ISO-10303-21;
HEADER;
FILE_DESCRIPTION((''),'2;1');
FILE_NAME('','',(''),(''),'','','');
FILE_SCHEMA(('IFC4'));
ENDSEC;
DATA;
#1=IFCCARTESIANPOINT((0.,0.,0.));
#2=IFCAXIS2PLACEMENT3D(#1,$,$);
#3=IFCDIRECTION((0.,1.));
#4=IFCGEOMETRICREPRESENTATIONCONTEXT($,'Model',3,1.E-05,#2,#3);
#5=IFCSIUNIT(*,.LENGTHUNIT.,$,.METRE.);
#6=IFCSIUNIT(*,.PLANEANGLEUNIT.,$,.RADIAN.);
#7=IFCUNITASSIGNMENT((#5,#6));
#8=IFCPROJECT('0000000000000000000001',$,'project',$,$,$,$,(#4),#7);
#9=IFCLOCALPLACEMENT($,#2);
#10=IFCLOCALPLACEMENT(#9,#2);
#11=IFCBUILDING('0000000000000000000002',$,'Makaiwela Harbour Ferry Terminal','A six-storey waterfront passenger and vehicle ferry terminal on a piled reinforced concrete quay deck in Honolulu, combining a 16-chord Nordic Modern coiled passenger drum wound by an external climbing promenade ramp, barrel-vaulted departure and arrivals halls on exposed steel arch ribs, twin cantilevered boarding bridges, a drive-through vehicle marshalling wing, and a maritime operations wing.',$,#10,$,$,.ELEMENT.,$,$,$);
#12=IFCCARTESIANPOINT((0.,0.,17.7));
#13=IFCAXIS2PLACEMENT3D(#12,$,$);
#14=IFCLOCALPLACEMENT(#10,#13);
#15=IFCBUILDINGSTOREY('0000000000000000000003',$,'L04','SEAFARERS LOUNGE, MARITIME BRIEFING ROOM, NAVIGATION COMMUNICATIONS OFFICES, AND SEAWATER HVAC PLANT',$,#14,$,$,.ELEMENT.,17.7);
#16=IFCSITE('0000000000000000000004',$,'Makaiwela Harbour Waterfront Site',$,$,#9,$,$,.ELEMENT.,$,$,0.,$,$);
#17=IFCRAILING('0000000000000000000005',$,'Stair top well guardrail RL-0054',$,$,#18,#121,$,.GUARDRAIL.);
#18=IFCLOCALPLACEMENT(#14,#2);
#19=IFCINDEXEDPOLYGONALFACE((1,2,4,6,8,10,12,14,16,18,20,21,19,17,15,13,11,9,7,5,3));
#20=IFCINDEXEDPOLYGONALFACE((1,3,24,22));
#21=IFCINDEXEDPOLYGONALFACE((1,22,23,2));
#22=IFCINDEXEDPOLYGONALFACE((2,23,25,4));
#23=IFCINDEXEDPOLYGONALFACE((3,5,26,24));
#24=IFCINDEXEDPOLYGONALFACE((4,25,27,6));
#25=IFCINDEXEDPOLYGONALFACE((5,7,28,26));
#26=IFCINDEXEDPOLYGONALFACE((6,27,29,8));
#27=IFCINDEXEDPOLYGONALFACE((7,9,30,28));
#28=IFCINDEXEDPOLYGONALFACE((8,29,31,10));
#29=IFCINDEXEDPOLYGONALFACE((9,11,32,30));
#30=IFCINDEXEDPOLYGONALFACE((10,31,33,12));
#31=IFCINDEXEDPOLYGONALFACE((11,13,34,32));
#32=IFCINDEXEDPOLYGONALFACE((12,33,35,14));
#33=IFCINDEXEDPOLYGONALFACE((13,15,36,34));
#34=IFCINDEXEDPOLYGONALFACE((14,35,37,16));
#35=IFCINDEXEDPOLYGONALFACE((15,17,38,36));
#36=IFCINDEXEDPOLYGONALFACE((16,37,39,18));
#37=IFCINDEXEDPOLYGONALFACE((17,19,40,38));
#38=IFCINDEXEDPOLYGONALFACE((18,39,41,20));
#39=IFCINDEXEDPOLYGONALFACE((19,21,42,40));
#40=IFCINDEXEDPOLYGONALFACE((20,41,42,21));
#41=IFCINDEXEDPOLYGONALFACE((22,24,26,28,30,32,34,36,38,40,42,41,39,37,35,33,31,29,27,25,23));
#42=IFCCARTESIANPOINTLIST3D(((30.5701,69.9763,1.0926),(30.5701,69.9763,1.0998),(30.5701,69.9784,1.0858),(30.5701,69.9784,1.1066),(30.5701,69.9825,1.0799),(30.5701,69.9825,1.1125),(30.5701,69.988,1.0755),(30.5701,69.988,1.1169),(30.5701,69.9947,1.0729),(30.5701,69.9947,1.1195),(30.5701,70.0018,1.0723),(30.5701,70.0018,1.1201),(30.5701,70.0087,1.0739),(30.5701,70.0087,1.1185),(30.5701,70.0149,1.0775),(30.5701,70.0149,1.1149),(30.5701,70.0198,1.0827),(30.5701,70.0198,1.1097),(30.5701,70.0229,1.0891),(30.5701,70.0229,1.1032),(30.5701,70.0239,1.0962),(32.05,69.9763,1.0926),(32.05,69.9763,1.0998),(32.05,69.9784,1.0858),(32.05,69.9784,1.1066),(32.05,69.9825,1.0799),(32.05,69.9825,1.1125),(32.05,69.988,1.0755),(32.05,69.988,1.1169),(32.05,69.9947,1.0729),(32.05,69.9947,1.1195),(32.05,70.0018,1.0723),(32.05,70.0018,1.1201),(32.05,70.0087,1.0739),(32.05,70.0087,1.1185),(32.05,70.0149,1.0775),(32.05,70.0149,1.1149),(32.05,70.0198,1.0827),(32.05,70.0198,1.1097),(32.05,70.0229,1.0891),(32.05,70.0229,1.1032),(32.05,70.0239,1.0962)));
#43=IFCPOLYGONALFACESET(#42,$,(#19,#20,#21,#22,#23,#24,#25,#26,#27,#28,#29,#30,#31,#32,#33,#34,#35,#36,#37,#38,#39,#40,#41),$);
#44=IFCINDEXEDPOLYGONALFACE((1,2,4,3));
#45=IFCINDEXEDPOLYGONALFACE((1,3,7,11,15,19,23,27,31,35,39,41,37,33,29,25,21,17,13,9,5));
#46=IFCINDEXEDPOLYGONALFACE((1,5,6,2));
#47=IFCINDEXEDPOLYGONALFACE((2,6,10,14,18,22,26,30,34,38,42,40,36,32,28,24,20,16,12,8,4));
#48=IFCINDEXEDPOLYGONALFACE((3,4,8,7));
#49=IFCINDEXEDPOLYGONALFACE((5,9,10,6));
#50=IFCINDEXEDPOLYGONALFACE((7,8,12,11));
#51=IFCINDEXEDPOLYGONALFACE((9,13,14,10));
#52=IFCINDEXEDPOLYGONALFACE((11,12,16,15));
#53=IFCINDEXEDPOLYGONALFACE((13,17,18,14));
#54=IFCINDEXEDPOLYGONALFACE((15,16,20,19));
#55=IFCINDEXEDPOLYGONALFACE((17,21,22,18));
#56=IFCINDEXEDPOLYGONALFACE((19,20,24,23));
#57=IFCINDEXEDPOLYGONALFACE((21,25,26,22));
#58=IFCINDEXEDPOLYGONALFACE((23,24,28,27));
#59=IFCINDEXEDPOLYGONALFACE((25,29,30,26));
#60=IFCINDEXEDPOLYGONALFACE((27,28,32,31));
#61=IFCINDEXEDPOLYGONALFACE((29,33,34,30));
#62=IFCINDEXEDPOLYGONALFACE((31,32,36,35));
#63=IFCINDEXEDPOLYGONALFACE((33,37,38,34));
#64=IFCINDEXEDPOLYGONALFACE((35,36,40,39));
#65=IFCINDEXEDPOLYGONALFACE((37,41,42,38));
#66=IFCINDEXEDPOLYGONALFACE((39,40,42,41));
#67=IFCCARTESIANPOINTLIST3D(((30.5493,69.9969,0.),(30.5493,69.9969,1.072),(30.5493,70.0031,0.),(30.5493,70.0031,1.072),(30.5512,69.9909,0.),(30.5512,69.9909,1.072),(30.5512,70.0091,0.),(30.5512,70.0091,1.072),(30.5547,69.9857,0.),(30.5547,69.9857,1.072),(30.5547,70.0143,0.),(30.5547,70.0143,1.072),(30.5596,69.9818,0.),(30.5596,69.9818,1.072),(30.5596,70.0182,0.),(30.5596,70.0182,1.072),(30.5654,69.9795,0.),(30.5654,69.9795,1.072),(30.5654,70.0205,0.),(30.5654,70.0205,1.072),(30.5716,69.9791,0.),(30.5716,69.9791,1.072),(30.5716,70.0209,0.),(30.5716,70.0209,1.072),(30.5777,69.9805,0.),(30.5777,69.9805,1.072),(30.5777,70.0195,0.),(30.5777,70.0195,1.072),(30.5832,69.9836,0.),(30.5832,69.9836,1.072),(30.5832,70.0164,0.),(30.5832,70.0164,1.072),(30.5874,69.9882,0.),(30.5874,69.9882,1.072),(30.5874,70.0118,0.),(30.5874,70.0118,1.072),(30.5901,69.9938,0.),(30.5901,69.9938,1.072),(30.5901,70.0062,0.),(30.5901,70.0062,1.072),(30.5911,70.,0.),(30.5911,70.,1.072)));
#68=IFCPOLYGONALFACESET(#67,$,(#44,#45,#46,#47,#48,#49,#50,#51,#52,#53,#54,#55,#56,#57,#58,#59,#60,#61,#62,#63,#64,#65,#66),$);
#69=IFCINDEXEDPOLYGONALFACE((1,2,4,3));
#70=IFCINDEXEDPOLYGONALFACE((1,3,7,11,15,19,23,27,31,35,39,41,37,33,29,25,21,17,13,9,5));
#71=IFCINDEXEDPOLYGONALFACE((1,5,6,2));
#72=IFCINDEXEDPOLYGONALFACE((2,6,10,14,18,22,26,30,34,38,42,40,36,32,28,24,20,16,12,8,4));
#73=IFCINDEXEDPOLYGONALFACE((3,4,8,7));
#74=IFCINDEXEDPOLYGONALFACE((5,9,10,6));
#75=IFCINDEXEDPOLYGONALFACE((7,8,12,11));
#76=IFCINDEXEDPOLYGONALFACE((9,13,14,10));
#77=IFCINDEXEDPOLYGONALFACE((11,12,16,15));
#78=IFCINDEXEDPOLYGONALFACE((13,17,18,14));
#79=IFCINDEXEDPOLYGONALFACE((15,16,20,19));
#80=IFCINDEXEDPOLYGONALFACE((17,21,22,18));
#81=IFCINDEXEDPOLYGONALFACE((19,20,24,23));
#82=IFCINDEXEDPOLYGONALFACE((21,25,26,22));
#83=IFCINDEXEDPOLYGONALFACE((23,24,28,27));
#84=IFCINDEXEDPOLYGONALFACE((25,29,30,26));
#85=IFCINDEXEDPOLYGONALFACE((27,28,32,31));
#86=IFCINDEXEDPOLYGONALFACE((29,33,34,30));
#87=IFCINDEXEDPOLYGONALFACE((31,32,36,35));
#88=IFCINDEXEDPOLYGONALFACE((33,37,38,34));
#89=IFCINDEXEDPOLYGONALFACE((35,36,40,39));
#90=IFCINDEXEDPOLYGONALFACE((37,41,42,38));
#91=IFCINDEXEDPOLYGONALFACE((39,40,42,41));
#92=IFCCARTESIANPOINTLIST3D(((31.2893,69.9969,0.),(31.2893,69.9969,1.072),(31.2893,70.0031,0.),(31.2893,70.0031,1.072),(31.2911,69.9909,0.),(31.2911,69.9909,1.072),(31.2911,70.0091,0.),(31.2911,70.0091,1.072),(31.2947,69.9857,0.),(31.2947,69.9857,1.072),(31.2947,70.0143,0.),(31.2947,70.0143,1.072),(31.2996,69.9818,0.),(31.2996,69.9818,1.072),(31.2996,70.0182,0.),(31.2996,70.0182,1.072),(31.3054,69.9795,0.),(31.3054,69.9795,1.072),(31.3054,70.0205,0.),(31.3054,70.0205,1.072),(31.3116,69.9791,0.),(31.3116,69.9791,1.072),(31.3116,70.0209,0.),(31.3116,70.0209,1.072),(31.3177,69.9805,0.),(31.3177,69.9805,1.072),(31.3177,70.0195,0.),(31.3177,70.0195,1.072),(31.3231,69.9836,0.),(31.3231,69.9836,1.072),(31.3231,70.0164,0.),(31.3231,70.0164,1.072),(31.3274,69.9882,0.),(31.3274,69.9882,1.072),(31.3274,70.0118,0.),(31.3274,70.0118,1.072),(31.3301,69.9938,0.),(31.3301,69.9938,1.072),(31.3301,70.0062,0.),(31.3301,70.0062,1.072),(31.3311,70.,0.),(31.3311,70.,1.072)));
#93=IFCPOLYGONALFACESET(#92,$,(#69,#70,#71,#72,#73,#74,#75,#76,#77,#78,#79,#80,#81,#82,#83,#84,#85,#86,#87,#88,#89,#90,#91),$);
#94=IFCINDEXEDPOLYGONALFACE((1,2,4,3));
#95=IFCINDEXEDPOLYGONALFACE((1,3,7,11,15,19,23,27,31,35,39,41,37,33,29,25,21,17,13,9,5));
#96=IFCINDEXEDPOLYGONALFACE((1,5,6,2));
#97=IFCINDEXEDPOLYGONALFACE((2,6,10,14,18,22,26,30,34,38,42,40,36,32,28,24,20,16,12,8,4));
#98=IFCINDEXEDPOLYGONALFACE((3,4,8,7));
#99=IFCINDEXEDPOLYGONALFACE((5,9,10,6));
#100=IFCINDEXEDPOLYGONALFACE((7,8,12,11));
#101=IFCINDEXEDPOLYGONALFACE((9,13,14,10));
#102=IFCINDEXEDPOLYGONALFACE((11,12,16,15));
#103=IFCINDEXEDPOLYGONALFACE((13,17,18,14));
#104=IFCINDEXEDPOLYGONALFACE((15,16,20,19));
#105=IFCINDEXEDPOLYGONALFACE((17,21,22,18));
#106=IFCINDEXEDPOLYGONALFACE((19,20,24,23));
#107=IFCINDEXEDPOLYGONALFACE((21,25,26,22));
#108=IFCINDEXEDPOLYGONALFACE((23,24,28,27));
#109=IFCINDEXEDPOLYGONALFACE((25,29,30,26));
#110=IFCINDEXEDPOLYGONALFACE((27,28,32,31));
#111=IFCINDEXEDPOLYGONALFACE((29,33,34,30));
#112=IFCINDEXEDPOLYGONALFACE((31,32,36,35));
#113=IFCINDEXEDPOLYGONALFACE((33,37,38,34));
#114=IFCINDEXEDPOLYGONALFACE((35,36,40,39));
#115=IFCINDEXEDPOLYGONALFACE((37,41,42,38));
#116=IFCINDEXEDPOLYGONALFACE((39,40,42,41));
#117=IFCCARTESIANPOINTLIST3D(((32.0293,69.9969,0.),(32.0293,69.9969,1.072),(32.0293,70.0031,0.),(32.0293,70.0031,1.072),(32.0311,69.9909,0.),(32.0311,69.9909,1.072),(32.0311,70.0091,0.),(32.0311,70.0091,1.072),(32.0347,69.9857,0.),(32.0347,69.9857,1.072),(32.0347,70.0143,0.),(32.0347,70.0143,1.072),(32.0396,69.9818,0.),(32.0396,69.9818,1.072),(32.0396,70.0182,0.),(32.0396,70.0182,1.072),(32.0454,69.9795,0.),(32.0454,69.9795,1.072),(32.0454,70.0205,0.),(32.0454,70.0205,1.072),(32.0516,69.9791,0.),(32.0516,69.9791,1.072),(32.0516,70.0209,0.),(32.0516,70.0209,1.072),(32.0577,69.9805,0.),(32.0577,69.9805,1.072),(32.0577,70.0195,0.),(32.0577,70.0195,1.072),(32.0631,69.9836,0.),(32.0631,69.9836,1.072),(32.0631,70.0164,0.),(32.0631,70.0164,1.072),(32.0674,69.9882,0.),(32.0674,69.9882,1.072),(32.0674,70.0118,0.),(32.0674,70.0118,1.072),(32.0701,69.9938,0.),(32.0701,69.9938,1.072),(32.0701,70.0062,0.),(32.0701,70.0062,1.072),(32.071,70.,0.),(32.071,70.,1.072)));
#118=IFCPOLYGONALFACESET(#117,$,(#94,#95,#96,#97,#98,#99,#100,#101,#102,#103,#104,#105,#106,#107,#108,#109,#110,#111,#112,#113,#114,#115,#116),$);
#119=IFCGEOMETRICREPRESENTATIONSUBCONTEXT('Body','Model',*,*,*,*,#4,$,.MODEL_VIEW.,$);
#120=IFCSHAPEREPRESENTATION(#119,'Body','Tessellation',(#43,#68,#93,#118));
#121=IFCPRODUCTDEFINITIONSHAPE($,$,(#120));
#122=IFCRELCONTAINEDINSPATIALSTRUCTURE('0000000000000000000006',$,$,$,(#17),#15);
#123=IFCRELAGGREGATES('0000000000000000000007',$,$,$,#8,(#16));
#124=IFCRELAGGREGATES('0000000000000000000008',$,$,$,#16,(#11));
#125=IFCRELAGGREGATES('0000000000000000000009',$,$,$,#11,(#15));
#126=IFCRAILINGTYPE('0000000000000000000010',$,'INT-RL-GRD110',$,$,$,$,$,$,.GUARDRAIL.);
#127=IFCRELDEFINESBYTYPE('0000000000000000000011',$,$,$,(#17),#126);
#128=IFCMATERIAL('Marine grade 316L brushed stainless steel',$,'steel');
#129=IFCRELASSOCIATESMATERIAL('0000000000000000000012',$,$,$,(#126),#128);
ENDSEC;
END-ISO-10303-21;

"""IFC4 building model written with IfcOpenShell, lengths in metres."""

from ifc_helpers import new_model, si_unit, direction, frame, origin, origin_2d, place, context, subcontext, project, spatial, circle, extrude, material, type_object, element, save


model = new_model("IFC4")

# Units and contexts
model_context = context("Model", 3, precision=1e-05, world=origin(), true_north=direction((0.0, 1.0)))
body_context = subcontext(model_context, "Body", "Model", "MODEL_VIEW")
ifc_project = project(units=[si_unit("LENGTHUNIT", "METRE"), si_unit("PLANEANGLEUNIT", "RADIAN")], contexts=[model_context])

# Site, building, storey
site_placement = place(None, origin())
site = spatial("IfcSite", under=ifc_project, at=site_placement, Name="Makaiwela Harbour Waterfront Site", CompositionType="ELEMENT", RefElevation=0.0)
building_placement = place(site_placement, origin())
building = spatial("IfcBuilding", under=site, at=building_placement, Name="Makaiwela Harbour Ferry Terminal", Description="A six-storey waterfront passenger and vehicle ferry terminal on a piled reinforced concrete quay deck in Honolulu, combining a 16-chord Nordic Modern coiled passenger drum wound by an external climbing promenade ramp, barrel-vaulted departure and arrivals halls on exposed steel arch ribs, twin cantilevered boarding bridges, a drive-through vehicle marshalling wing, and a maritime operations wing.", CompositionType="ELEMENT")
storey_placement = place(building_placement, frame((0.0, 0.0, 17.7)))
storey = spatial("IfcBuildingStorey", under=building, at=storey_placement, Name="L04", Description="SEAFARERS LOUNGE, MARITIME BRIEFING ROOM, NAVIGATION COMMUNICATIONS OFFICES, AND SEAWATER HVAC PLANT", CompositionType="ELEMENT", Elevation=17.7)

# Shared definitions
ifc_material_1 = material(Name="Marine grade 316L brushed stainless steel", Category="steel")

# Railing
railing_type_1 = type_object("IfcRailingType", Name="INT-RL-GRD110", PredefinedType="GUARDRAIL", material=ifc_material_1)
railing_1_placement = place(storey_placement, frame((30.5701, 70.0, 0.0)))
element("IfcRailing", 1, at=railing_1_placement, inside=storey, type_object=railing_type_1, Name="Stair top well guardrail RL-0054", PredefinedType="GUARDRAIL", context=body_context, shape_type="SweptSolid", body=[
    extrude(circle(Radius=0.0239, at=origin_2d()), frame((0.0, 0.0, 1.0962), z_axis=(1.0, 0.0, 0.0), x_axis=(0.0, 1.0, 0.0)), (0.0, 0.0, 1.0), 1.48),
    extrude(circle(Radius=0.021, at=origin_2d()), origin(), (0.0, 0.0, 1.0), 1.072),
    extrude(circle(Radius=0.021, at=origin_2d()), frame((0.74, 0.0, 0.0)), (0.0, 0.0, 1.0), 1.072),
    extrude(circle(Radius=0.021, at=origin_2d()), frame((1.48, 0.0, 0.0)), (0.0, 0.0, 1.0), 1.072),
])

save(model, "model.ifc")
